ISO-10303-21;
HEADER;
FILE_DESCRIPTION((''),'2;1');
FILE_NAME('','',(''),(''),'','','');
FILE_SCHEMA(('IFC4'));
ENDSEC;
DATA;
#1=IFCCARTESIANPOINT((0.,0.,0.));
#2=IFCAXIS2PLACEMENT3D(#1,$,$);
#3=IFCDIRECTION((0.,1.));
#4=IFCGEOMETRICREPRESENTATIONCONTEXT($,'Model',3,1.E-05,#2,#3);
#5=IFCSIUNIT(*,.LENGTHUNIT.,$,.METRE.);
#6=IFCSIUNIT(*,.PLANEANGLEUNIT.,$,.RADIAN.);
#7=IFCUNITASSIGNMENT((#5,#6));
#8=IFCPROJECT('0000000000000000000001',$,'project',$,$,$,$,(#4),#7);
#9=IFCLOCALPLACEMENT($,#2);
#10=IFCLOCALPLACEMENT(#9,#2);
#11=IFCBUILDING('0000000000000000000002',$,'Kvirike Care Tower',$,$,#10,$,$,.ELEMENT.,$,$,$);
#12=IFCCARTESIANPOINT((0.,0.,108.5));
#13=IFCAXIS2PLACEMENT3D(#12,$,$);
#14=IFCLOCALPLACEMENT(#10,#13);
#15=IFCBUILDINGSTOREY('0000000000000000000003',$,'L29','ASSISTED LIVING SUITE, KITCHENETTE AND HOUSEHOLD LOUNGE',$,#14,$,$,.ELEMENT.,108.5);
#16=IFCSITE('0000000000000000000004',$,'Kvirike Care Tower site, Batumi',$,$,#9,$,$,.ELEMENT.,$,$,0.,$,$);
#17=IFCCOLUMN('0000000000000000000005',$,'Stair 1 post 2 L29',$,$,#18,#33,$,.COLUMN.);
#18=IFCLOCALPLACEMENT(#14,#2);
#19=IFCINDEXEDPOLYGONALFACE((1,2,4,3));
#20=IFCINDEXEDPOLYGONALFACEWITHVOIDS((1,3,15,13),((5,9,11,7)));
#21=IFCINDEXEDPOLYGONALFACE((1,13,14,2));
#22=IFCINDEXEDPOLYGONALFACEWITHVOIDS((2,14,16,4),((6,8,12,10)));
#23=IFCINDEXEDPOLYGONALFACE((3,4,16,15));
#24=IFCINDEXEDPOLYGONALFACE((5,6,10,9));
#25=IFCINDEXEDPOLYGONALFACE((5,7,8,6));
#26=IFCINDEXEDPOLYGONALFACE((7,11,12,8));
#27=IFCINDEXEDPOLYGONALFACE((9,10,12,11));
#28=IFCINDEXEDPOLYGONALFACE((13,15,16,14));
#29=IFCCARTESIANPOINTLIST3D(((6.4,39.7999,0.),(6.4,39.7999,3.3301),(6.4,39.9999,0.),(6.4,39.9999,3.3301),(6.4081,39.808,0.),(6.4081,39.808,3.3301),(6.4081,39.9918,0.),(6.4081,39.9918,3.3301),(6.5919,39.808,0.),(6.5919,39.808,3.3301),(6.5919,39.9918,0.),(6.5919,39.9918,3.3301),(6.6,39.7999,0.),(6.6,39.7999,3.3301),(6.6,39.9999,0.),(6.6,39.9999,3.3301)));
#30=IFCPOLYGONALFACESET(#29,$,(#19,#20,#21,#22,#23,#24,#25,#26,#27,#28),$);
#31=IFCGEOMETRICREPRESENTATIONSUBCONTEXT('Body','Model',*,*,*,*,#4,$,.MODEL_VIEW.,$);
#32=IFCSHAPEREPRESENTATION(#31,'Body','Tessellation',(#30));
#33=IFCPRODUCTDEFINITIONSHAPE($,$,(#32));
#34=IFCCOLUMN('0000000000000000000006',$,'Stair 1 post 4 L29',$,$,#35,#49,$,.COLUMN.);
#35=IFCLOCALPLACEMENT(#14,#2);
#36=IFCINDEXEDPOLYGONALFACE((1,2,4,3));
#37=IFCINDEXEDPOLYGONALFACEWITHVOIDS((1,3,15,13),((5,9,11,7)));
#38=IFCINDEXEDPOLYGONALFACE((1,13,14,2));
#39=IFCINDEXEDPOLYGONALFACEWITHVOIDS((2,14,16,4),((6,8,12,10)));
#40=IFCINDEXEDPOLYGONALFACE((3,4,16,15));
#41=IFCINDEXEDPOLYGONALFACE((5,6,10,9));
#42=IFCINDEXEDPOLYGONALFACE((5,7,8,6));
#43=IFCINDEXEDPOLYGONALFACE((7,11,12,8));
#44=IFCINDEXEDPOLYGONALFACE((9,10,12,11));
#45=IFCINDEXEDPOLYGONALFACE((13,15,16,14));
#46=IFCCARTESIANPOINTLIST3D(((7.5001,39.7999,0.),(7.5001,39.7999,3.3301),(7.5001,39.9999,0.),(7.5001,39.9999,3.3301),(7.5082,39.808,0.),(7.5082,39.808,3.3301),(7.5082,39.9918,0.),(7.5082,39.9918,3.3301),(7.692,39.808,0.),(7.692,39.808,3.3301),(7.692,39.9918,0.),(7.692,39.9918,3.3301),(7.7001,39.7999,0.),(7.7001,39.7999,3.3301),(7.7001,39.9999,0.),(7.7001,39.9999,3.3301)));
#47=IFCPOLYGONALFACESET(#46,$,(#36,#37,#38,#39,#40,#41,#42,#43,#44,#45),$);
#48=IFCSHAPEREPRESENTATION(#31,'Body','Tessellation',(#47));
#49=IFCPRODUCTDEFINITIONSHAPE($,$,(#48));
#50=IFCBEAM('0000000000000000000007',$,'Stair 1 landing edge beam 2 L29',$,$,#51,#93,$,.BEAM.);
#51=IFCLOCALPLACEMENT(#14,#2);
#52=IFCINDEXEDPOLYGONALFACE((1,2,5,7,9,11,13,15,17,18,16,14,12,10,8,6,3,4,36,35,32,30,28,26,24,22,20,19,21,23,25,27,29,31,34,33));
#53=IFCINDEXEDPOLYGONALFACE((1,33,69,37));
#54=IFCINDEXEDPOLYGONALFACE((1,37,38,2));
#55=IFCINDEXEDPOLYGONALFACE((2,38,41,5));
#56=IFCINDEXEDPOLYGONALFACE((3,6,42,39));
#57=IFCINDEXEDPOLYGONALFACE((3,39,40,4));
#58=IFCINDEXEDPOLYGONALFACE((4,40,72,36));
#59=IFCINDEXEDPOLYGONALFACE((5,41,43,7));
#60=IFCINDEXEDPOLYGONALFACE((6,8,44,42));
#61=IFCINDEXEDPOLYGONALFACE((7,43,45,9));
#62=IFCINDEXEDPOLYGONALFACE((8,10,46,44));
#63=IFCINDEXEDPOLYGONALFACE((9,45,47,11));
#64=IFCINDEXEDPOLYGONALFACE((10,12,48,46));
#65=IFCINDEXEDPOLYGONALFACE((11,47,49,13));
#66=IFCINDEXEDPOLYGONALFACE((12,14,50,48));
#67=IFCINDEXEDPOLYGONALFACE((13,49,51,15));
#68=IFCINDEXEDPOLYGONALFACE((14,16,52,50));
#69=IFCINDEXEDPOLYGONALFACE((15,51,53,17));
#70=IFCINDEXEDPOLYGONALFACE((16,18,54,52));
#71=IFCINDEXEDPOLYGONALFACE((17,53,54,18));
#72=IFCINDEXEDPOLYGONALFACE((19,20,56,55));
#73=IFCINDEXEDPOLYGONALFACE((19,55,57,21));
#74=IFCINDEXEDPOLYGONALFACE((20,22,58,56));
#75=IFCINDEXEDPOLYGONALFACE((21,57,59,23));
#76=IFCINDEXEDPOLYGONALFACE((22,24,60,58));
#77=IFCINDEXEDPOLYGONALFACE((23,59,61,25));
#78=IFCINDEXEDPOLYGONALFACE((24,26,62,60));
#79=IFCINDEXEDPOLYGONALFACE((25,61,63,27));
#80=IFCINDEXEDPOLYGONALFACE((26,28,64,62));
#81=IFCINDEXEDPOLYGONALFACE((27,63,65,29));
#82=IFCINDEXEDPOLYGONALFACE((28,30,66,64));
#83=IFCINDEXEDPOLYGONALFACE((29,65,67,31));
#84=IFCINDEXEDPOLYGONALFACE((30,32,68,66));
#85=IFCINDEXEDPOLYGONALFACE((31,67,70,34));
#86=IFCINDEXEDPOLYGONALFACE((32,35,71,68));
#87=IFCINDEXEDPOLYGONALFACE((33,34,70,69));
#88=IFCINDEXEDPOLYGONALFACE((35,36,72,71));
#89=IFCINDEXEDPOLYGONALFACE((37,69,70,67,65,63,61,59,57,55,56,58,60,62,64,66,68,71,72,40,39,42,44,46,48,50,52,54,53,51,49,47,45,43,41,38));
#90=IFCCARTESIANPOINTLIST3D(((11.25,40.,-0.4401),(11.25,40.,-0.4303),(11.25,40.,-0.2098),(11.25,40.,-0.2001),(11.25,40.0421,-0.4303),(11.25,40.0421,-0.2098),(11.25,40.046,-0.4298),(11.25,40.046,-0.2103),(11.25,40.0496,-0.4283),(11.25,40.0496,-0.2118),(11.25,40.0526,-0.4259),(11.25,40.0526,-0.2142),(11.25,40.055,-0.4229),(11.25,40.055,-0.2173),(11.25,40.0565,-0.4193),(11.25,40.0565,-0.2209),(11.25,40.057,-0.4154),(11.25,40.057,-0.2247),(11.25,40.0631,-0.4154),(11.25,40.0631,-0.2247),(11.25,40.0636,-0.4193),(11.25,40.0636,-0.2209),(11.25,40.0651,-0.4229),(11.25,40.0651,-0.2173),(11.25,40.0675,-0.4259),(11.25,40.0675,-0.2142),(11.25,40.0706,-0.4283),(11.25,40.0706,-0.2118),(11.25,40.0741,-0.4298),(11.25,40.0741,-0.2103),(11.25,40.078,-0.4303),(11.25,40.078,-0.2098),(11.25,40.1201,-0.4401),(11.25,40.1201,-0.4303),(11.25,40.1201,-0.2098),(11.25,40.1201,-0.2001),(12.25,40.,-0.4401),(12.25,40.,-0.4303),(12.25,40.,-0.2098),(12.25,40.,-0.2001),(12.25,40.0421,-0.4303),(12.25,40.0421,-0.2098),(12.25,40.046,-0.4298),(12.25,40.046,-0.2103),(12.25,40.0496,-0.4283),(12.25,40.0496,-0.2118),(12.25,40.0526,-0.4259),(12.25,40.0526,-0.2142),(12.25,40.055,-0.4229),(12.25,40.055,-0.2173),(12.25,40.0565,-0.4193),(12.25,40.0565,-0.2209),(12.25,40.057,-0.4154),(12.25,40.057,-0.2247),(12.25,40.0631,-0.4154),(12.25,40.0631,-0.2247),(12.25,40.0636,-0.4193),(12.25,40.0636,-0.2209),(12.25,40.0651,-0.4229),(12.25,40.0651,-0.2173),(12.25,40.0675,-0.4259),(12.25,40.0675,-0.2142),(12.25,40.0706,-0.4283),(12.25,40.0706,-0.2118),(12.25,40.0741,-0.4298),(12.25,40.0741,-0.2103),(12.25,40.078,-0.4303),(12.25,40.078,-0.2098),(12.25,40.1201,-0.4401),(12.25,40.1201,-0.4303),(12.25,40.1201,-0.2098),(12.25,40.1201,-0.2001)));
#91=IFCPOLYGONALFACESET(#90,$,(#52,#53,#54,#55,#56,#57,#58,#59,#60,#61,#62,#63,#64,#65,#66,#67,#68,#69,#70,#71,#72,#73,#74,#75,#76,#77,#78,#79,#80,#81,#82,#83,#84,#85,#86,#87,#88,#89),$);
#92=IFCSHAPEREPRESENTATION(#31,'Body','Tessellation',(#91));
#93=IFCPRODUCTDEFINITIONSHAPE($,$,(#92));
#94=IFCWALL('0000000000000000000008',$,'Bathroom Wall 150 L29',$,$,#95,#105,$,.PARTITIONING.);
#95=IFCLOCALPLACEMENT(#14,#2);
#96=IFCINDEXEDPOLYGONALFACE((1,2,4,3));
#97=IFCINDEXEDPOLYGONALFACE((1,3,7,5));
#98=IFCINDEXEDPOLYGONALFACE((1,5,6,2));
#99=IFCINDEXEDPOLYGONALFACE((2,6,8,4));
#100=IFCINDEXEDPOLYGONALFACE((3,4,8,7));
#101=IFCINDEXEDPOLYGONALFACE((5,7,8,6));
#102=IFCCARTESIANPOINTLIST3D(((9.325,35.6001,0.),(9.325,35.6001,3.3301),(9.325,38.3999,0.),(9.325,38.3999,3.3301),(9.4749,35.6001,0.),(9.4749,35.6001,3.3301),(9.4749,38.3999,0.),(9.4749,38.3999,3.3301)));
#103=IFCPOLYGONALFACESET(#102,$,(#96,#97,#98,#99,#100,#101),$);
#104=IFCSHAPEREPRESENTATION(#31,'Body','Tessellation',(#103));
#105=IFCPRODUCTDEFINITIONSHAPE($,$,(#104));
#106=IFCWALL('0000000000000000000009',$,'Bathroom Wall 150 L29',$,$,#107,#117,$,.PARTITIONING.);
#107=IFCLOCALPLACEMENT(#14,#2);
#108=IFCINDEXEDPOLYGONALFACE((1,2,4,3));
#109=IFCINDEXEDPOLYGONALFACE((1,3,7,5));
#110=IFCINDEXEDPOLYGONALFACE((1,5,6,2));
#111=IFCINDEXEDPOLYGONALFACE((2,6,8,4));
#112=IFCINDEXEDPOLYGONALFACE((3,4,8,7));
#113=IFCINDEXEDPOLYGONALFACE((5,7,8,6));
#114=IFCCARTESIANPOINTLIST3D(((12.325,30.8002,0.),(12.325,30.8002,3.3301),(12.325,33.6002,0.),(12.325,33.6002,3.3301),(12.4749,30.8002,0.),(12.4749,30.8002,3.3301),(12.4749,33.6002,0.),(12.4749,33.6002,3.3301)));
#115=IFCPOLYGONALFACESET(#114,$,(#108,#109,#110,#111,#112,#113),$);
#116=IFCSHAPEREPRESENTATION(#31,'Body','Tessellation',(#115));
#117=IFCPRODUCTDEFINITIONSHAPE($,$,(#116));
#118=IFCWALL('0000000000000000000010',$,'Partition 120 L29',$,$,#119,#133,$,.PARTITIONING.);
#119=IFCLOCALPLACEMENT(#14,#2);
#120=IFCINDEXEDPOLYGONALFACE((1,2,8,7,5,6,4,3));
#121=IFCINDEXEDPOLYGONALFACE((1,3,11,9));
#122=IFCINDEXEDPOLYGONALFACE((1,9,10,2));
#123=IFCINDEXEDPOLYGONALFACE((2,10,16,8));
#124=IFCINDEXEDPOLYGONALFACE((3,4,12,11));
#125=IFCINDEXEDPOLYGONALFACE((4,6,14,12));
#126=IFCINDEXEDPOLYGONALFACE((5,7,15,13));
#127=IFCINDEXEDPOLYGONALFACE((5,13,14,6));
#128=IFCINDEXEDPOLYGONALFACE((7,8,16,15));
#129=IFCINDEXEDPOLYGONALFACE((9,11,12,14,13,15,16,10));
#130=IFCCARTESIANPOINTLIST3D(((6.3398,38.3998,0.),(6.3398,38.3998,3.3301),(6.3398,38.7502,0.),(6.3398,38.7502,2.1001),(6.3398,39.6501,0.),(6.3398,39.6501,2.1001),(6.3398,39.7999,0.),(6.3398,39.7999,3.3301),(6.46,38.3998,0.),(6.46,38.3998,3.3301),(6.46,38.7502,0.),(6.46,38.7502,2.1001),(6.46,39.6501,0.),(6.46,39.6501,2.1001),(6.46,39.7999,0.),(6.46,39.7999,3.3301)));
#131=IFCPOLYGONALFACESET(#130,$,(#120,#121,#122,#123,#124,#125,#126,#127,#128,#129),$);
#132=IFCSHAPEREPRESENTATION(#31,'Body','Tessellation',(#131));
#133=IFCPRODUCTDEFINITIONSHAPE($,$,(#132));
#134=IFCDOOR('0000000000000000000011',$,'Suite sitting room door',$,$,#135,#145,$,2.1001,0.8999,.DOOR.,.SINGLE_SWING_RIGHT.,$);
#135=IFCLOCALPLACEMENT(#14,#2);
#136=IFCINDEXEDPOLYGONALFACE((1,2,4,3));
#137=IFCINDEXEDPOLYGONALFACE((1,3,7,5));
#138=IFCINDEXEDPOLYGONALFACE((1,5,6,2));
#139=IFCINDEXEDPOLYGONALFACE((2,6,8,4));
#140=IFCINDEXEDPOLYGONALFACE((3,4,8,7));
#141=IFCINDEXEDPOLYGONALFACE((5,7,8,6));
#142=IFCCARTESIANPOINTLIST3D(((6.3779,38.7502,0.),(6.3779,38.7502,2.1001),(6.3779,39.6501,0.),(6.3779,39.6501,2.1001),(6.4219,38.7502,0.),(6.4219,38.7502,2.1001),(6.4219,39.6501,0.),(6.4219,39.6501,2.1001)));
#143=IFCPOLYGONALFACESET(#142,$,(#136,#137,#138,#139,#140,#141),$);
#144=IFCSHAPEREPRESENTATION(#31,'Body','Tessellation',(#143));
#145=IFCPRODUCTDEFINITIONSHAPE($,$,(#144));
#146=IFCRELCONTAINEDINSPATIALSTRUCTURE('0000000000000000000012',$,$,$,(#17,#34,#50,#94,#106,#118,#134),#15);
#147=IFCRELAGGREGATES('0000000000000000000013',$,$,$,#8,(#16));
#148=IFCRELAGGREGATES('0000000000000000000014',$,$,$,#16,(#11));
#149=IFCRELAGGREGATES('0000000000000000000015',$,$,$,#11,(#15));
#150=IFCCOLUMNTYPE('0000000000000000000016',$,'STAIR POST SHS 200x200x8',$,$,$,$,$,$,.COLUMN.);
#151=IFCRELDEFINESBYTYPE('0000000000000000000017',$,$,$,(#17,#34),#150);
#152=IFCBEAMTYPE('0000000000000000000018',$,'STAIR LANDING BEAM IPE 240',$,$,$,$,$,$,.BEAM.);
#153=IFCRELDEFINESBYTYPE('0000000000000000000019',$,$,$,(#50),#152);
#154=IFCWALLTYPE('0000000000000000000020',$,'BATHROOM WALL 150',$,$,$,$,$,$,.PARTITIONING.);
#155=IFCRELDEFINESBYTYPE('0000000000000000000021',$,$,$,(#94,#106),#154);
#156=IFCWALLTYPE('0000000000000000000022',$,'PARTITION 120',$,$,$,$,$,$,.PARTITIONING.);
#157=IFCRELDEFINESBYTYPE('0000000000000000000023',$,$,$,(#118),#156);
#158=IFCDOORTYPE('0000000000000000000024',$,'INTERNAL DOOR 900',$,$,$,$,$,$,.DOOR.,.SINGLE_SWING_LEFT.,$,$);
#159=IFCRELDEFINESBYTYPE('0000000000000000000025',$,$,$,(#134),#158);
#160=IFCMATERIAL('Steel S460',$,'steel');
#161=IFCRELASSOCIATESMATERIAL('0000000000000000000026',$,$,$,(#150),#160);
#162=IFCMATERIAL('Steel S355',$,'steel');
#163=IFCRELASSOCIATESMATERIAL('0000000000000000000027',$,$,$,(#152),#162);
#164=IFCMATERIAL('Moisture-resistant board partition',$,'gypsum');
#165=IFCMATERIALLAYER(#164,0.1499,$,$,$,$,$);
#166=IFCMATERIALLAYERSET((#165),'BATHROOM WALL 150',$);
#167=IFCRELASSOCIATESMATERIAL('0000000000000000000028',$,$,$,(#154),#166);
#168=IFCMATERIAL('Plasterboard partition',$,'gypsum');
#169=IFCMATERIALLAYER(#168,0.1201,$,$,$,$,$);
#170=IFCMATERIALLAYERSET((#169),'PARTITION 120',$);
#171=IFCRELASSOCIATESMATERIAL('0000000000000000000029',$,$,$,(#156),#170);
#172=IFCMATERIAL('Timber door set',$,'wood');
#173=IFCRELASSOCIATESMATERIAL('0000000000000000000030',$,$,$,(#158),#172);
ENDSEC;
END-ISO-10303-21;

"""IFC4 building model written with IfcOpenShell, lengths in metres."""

from ifc_helpers import new_model, si_unit, direction, frame, frame_2d, origin, origin_2d, place, context, subcontext, project, spatial, rectangle, hollow_rectangle, i_section, extrude, material, layer, layer_set, material_profile, profile_set, type_object, element, fill, save


model = new_model("IFC4")

# Units and contexts
model_context = context("Model", 3, precision=1e-05, world=origin(), true_north=direction((0.0, 1.0)))
body_context = subcontext(model_context, "Body", "Model", "MODEL_VIEW")
ifc_project = project(units=[si_unit("LENGTHUNIT", "METRE"), si_unit("PLANEANGLEUNIT", "RADIAN")], contexts=[model_context])

# Site, building, storey
site_placement = place(None, origin())
site = spatial("IfcSite", under=ifc_project, at=site_placement, Name="Kvirike Care Tower site, Batumi", CompositionType="ELEMENT", RefElevation=0.0)
building_placement = place(site_placement, origin())
building = spatial("IfcBuilding", under=site, at=building_placement, Name="Kvirike Care Tower", CompositionType="ELEMENT")
storey_placement = place(building_placement, frame((0.0, 0.0, 108.5)))
storey = spatial("IfcBuildingStorey", under=building, at=storey_placement, Name="L29", Description="ASSISTED LIVING SUITE, KITCHENETTE AND HOUSEHOLD LOUNGE", CompositionType="ELEMENT", Elevation=108.5)

# Columns
ifc_material_1 = material(Name="Steel S460", Category="steel")
ifc_material_profile_1 = material_profile(ifc_material_1, hollow_rectangle(XDim=0.2, YDim=0.2, WallThickness=0.0081, at=origin_2d()), Name="SHS 200x200x8")
ifc_profile_set_1 = profile_set([ifc_material_profile_1], Name="Steel S460")
column_type = type_object("IfcColumnType", Name="STAIR POST SHS 200x200x8", PredefinedType="COLUMN", material=ifc_profile_set_1)
for number, where, z_axis, x_axis, name in (
    (1, (6.5, 39.8999, 0.0), (0.0, 0.0, 1.0), (1.0, 0.0, 0.0), "Stair 1 post 2 L29"),
    (2, (7.6001, 39.8999, 0.0), (0.0, 0.0, 1.0), (1.0, 0.0, 0.0), "Stair 1 post 4 L29"),
):
    element("IfcColumn", number, at=place(storey_placement, frame(where, z_axis=z_axis, x_axis=x_axis)), inside=storey, type_object=column_type, Name=name, PredefinedType="COLUMN", context=body_context, shape_type="SweptSolid", body=[
        extrude(hollow_rectangle(XDim=0.2, YDim=0.2, WallThickness=0.0081, at=origin_2d()), origin(), (0.0, 0.0, 1.0), 3.3301),
    ])

# Beam
ifc_material_2 = material(Name="Steel S355", Category="steel")
ifc_material_profile_2 = material_profile(ifc_material_2, i_section(OverallWidth=0.1201, OverallDepth=0.24, WebThickness=0.0061, FlangeThickness=0.0098, FilletRadius=0.0149, at=origin_2d()), Name="IPE 240")
ifc_profile_set_2 = profile_set([ifc_material_profile_2], Name="Steel S355")
beam_type = type_object("IfcBeamType", Name="STAIR LANDING BEAM IPE 240", PredefinedType="BEAM", material=ifc_profile_set_2)
beam_placement = place(storey_placement, frame((11.25, 40.0601, -0.3201), z_axis=(1.0, 0.0, 0.0), x_axis=(0.0, 1.0, 0.0)))
element("IfcBeam", 3, at=beam_placement, inside=storey, type_object=beam_type, Name="Stair 1 landing edge beam 2 L29", PredefinedType="BEAM", context=body_context, shape_type="SweptSolid", body=[
    extrude(i_section(OverallWidth=0.1201, OverallDepth=0.24, WebThickness=0.0061, FlangeThickness=0.0098, FilletRadius=0.0149, at=origin_2d()), origin(), (0.0, 0.0, 1.0), 1.0),
])

# Walls
ifc_material_3 = material(Name="Moisture-resistant board partition", Category="gypsum")
ifc_layer_1 = layer(ifc_material_3, 0.1499)
ifc_layer_set_1 = layer_set([ifc_layer_1], Name="BATHROOM WALL 150")
wall_type_1 = type_object("IfcWallType", Name="BATHROOM WALL 150", PredefinedType="PARTITIONING", material=ifc_layer_set_1)
wall_1_placement = place(storey_placement, frame((9.3999, 38.3999, 0.0), z_axis=(0.0, 0.0, 1.0), x_axis=(0.0, -1.0, 0.0)))
element("IfcWall", 4, at=wall_1_placement, inside=storey, type_object=wall_type_1, Name="Bathroom Wall 150 L29", PredefinedType="PARTITIONING", context=body_context, shape_type="SweptSolid", body=[
    extrude(rectangle(XDim=2.7998, YDim=0.1499, at=frame_2d((1.3999, 0.0))), origin(), (0.0, 0.0, 1.0), 3.3301),
])
wall_2_placement = place(storey_placement, frame((12.3999, 33.6001, 0.0), z_axis=(0.0, 0.0, 1.0), x_axis=(0.0, -1.0, 0.0)))
element("IfcWall", 5, at=wall_2_placement, inside=storey, type_object=wall_type_1, Name="Bathroom Wall 150 L29", PredefinedType="PARTITIONING", context=body_context, shape_type="SweptSolid", body=[
    extrude(rectangle(XDim=2.8, YDim=0.1499, at=frame_2d((1.3999, 0.0))), origin(), (0.0, 0.0, 1.0), 3.3301),
])

# Wall, opening, door
ifc_material_4 = material(Name="Plasterboard partition", Category="gypsum")
ifc_layer_2 = layer(ifc_material_4, 0.1201)
ifc_layer_set_2 = layer_set([ifc_layer_2], Name="PARTITION 120")
wall_type_2 = type_object("IfcWallType", Name="PARTITION 120", PredefinedType="PARTITIONING", material=ifc_layer_set_2)
wall_3_placement = place(storey_placement, frame((6.3999, 39.8, 0.0), z_axis=(0.0, 0.0, 1.0), x_axis=(0.0, -1.0, 0.0)))
wall_3 = element("IfcWall", 6, at=wall_3_placement, inside=storey, type_object=wall_type_2, Name="Partition 120 L29", PredefinedType="PARTITIONING", context=body_context, shape_type="SweptSolid", body=[
    extrude(rectangle(XDim=1.4001, YDim=0.1201, at=frame_2d((0.7002, 0.0))), origin(), (0.0, 0.0, 1.0), 3.3301),
])
opening_1_placement = place(wall_3_placement, frame((0.1499, 0.0, 0.0)))
opening_1 = element("IfcOpeningElement", 7, at=opening_1_placement, cuts=wall_3, PredefinedType="OPENING", context=body_context, shape_type="SweptSolid", body=[
    extrude(rectangle(XDim=0.8999, YDim=2.1001, at=frame_2d((0.45, 1.05))), frame((0.0, 0.0706, 0.0), z_axis=(0.0, -1.0, 0.0), x_axis=(1.0, 0.0, 0.0)), (0.0, 0.0, 1.0), 0.1411),
])
ifc_material_5 = material(Name="Timber door set", Category="wood")
door_type_1 = type_object("IfcDoorType", Name="INTERNAL DOOR 900", OperationType="SINGLE_SWING_LEFT", PredefinedType="DOOR", material=ifc_material_5)
door_1_placement = place(opening_1_placement, origin())
door_1 = element("IfcDoor", 8, at=door_1_placement, inside=storey, type_object=door_type_1, Name="Suite sitting room door", OperationType="SINGLE_SWING_RIGHT", OverallHeight=2.1001, OverallWidth=0.8999, PredefinedType="DOOR", context=body_context, shape_type="SweptSolid", body=[
    extrude(rectangle(XDim=0.8999, YDim=2.1001, at=frame_2d((0.45, 1.05))), frame((0.0, 0.022, 0.0), z_axis=(0.0, -1.0, 0.0), x_axis=(1.0, 0.0, 0.0)), (0.0, 0.0, 1.0), 0.0439),
])
fill(opening_1, door_1)

save(model, "model.ifc")
